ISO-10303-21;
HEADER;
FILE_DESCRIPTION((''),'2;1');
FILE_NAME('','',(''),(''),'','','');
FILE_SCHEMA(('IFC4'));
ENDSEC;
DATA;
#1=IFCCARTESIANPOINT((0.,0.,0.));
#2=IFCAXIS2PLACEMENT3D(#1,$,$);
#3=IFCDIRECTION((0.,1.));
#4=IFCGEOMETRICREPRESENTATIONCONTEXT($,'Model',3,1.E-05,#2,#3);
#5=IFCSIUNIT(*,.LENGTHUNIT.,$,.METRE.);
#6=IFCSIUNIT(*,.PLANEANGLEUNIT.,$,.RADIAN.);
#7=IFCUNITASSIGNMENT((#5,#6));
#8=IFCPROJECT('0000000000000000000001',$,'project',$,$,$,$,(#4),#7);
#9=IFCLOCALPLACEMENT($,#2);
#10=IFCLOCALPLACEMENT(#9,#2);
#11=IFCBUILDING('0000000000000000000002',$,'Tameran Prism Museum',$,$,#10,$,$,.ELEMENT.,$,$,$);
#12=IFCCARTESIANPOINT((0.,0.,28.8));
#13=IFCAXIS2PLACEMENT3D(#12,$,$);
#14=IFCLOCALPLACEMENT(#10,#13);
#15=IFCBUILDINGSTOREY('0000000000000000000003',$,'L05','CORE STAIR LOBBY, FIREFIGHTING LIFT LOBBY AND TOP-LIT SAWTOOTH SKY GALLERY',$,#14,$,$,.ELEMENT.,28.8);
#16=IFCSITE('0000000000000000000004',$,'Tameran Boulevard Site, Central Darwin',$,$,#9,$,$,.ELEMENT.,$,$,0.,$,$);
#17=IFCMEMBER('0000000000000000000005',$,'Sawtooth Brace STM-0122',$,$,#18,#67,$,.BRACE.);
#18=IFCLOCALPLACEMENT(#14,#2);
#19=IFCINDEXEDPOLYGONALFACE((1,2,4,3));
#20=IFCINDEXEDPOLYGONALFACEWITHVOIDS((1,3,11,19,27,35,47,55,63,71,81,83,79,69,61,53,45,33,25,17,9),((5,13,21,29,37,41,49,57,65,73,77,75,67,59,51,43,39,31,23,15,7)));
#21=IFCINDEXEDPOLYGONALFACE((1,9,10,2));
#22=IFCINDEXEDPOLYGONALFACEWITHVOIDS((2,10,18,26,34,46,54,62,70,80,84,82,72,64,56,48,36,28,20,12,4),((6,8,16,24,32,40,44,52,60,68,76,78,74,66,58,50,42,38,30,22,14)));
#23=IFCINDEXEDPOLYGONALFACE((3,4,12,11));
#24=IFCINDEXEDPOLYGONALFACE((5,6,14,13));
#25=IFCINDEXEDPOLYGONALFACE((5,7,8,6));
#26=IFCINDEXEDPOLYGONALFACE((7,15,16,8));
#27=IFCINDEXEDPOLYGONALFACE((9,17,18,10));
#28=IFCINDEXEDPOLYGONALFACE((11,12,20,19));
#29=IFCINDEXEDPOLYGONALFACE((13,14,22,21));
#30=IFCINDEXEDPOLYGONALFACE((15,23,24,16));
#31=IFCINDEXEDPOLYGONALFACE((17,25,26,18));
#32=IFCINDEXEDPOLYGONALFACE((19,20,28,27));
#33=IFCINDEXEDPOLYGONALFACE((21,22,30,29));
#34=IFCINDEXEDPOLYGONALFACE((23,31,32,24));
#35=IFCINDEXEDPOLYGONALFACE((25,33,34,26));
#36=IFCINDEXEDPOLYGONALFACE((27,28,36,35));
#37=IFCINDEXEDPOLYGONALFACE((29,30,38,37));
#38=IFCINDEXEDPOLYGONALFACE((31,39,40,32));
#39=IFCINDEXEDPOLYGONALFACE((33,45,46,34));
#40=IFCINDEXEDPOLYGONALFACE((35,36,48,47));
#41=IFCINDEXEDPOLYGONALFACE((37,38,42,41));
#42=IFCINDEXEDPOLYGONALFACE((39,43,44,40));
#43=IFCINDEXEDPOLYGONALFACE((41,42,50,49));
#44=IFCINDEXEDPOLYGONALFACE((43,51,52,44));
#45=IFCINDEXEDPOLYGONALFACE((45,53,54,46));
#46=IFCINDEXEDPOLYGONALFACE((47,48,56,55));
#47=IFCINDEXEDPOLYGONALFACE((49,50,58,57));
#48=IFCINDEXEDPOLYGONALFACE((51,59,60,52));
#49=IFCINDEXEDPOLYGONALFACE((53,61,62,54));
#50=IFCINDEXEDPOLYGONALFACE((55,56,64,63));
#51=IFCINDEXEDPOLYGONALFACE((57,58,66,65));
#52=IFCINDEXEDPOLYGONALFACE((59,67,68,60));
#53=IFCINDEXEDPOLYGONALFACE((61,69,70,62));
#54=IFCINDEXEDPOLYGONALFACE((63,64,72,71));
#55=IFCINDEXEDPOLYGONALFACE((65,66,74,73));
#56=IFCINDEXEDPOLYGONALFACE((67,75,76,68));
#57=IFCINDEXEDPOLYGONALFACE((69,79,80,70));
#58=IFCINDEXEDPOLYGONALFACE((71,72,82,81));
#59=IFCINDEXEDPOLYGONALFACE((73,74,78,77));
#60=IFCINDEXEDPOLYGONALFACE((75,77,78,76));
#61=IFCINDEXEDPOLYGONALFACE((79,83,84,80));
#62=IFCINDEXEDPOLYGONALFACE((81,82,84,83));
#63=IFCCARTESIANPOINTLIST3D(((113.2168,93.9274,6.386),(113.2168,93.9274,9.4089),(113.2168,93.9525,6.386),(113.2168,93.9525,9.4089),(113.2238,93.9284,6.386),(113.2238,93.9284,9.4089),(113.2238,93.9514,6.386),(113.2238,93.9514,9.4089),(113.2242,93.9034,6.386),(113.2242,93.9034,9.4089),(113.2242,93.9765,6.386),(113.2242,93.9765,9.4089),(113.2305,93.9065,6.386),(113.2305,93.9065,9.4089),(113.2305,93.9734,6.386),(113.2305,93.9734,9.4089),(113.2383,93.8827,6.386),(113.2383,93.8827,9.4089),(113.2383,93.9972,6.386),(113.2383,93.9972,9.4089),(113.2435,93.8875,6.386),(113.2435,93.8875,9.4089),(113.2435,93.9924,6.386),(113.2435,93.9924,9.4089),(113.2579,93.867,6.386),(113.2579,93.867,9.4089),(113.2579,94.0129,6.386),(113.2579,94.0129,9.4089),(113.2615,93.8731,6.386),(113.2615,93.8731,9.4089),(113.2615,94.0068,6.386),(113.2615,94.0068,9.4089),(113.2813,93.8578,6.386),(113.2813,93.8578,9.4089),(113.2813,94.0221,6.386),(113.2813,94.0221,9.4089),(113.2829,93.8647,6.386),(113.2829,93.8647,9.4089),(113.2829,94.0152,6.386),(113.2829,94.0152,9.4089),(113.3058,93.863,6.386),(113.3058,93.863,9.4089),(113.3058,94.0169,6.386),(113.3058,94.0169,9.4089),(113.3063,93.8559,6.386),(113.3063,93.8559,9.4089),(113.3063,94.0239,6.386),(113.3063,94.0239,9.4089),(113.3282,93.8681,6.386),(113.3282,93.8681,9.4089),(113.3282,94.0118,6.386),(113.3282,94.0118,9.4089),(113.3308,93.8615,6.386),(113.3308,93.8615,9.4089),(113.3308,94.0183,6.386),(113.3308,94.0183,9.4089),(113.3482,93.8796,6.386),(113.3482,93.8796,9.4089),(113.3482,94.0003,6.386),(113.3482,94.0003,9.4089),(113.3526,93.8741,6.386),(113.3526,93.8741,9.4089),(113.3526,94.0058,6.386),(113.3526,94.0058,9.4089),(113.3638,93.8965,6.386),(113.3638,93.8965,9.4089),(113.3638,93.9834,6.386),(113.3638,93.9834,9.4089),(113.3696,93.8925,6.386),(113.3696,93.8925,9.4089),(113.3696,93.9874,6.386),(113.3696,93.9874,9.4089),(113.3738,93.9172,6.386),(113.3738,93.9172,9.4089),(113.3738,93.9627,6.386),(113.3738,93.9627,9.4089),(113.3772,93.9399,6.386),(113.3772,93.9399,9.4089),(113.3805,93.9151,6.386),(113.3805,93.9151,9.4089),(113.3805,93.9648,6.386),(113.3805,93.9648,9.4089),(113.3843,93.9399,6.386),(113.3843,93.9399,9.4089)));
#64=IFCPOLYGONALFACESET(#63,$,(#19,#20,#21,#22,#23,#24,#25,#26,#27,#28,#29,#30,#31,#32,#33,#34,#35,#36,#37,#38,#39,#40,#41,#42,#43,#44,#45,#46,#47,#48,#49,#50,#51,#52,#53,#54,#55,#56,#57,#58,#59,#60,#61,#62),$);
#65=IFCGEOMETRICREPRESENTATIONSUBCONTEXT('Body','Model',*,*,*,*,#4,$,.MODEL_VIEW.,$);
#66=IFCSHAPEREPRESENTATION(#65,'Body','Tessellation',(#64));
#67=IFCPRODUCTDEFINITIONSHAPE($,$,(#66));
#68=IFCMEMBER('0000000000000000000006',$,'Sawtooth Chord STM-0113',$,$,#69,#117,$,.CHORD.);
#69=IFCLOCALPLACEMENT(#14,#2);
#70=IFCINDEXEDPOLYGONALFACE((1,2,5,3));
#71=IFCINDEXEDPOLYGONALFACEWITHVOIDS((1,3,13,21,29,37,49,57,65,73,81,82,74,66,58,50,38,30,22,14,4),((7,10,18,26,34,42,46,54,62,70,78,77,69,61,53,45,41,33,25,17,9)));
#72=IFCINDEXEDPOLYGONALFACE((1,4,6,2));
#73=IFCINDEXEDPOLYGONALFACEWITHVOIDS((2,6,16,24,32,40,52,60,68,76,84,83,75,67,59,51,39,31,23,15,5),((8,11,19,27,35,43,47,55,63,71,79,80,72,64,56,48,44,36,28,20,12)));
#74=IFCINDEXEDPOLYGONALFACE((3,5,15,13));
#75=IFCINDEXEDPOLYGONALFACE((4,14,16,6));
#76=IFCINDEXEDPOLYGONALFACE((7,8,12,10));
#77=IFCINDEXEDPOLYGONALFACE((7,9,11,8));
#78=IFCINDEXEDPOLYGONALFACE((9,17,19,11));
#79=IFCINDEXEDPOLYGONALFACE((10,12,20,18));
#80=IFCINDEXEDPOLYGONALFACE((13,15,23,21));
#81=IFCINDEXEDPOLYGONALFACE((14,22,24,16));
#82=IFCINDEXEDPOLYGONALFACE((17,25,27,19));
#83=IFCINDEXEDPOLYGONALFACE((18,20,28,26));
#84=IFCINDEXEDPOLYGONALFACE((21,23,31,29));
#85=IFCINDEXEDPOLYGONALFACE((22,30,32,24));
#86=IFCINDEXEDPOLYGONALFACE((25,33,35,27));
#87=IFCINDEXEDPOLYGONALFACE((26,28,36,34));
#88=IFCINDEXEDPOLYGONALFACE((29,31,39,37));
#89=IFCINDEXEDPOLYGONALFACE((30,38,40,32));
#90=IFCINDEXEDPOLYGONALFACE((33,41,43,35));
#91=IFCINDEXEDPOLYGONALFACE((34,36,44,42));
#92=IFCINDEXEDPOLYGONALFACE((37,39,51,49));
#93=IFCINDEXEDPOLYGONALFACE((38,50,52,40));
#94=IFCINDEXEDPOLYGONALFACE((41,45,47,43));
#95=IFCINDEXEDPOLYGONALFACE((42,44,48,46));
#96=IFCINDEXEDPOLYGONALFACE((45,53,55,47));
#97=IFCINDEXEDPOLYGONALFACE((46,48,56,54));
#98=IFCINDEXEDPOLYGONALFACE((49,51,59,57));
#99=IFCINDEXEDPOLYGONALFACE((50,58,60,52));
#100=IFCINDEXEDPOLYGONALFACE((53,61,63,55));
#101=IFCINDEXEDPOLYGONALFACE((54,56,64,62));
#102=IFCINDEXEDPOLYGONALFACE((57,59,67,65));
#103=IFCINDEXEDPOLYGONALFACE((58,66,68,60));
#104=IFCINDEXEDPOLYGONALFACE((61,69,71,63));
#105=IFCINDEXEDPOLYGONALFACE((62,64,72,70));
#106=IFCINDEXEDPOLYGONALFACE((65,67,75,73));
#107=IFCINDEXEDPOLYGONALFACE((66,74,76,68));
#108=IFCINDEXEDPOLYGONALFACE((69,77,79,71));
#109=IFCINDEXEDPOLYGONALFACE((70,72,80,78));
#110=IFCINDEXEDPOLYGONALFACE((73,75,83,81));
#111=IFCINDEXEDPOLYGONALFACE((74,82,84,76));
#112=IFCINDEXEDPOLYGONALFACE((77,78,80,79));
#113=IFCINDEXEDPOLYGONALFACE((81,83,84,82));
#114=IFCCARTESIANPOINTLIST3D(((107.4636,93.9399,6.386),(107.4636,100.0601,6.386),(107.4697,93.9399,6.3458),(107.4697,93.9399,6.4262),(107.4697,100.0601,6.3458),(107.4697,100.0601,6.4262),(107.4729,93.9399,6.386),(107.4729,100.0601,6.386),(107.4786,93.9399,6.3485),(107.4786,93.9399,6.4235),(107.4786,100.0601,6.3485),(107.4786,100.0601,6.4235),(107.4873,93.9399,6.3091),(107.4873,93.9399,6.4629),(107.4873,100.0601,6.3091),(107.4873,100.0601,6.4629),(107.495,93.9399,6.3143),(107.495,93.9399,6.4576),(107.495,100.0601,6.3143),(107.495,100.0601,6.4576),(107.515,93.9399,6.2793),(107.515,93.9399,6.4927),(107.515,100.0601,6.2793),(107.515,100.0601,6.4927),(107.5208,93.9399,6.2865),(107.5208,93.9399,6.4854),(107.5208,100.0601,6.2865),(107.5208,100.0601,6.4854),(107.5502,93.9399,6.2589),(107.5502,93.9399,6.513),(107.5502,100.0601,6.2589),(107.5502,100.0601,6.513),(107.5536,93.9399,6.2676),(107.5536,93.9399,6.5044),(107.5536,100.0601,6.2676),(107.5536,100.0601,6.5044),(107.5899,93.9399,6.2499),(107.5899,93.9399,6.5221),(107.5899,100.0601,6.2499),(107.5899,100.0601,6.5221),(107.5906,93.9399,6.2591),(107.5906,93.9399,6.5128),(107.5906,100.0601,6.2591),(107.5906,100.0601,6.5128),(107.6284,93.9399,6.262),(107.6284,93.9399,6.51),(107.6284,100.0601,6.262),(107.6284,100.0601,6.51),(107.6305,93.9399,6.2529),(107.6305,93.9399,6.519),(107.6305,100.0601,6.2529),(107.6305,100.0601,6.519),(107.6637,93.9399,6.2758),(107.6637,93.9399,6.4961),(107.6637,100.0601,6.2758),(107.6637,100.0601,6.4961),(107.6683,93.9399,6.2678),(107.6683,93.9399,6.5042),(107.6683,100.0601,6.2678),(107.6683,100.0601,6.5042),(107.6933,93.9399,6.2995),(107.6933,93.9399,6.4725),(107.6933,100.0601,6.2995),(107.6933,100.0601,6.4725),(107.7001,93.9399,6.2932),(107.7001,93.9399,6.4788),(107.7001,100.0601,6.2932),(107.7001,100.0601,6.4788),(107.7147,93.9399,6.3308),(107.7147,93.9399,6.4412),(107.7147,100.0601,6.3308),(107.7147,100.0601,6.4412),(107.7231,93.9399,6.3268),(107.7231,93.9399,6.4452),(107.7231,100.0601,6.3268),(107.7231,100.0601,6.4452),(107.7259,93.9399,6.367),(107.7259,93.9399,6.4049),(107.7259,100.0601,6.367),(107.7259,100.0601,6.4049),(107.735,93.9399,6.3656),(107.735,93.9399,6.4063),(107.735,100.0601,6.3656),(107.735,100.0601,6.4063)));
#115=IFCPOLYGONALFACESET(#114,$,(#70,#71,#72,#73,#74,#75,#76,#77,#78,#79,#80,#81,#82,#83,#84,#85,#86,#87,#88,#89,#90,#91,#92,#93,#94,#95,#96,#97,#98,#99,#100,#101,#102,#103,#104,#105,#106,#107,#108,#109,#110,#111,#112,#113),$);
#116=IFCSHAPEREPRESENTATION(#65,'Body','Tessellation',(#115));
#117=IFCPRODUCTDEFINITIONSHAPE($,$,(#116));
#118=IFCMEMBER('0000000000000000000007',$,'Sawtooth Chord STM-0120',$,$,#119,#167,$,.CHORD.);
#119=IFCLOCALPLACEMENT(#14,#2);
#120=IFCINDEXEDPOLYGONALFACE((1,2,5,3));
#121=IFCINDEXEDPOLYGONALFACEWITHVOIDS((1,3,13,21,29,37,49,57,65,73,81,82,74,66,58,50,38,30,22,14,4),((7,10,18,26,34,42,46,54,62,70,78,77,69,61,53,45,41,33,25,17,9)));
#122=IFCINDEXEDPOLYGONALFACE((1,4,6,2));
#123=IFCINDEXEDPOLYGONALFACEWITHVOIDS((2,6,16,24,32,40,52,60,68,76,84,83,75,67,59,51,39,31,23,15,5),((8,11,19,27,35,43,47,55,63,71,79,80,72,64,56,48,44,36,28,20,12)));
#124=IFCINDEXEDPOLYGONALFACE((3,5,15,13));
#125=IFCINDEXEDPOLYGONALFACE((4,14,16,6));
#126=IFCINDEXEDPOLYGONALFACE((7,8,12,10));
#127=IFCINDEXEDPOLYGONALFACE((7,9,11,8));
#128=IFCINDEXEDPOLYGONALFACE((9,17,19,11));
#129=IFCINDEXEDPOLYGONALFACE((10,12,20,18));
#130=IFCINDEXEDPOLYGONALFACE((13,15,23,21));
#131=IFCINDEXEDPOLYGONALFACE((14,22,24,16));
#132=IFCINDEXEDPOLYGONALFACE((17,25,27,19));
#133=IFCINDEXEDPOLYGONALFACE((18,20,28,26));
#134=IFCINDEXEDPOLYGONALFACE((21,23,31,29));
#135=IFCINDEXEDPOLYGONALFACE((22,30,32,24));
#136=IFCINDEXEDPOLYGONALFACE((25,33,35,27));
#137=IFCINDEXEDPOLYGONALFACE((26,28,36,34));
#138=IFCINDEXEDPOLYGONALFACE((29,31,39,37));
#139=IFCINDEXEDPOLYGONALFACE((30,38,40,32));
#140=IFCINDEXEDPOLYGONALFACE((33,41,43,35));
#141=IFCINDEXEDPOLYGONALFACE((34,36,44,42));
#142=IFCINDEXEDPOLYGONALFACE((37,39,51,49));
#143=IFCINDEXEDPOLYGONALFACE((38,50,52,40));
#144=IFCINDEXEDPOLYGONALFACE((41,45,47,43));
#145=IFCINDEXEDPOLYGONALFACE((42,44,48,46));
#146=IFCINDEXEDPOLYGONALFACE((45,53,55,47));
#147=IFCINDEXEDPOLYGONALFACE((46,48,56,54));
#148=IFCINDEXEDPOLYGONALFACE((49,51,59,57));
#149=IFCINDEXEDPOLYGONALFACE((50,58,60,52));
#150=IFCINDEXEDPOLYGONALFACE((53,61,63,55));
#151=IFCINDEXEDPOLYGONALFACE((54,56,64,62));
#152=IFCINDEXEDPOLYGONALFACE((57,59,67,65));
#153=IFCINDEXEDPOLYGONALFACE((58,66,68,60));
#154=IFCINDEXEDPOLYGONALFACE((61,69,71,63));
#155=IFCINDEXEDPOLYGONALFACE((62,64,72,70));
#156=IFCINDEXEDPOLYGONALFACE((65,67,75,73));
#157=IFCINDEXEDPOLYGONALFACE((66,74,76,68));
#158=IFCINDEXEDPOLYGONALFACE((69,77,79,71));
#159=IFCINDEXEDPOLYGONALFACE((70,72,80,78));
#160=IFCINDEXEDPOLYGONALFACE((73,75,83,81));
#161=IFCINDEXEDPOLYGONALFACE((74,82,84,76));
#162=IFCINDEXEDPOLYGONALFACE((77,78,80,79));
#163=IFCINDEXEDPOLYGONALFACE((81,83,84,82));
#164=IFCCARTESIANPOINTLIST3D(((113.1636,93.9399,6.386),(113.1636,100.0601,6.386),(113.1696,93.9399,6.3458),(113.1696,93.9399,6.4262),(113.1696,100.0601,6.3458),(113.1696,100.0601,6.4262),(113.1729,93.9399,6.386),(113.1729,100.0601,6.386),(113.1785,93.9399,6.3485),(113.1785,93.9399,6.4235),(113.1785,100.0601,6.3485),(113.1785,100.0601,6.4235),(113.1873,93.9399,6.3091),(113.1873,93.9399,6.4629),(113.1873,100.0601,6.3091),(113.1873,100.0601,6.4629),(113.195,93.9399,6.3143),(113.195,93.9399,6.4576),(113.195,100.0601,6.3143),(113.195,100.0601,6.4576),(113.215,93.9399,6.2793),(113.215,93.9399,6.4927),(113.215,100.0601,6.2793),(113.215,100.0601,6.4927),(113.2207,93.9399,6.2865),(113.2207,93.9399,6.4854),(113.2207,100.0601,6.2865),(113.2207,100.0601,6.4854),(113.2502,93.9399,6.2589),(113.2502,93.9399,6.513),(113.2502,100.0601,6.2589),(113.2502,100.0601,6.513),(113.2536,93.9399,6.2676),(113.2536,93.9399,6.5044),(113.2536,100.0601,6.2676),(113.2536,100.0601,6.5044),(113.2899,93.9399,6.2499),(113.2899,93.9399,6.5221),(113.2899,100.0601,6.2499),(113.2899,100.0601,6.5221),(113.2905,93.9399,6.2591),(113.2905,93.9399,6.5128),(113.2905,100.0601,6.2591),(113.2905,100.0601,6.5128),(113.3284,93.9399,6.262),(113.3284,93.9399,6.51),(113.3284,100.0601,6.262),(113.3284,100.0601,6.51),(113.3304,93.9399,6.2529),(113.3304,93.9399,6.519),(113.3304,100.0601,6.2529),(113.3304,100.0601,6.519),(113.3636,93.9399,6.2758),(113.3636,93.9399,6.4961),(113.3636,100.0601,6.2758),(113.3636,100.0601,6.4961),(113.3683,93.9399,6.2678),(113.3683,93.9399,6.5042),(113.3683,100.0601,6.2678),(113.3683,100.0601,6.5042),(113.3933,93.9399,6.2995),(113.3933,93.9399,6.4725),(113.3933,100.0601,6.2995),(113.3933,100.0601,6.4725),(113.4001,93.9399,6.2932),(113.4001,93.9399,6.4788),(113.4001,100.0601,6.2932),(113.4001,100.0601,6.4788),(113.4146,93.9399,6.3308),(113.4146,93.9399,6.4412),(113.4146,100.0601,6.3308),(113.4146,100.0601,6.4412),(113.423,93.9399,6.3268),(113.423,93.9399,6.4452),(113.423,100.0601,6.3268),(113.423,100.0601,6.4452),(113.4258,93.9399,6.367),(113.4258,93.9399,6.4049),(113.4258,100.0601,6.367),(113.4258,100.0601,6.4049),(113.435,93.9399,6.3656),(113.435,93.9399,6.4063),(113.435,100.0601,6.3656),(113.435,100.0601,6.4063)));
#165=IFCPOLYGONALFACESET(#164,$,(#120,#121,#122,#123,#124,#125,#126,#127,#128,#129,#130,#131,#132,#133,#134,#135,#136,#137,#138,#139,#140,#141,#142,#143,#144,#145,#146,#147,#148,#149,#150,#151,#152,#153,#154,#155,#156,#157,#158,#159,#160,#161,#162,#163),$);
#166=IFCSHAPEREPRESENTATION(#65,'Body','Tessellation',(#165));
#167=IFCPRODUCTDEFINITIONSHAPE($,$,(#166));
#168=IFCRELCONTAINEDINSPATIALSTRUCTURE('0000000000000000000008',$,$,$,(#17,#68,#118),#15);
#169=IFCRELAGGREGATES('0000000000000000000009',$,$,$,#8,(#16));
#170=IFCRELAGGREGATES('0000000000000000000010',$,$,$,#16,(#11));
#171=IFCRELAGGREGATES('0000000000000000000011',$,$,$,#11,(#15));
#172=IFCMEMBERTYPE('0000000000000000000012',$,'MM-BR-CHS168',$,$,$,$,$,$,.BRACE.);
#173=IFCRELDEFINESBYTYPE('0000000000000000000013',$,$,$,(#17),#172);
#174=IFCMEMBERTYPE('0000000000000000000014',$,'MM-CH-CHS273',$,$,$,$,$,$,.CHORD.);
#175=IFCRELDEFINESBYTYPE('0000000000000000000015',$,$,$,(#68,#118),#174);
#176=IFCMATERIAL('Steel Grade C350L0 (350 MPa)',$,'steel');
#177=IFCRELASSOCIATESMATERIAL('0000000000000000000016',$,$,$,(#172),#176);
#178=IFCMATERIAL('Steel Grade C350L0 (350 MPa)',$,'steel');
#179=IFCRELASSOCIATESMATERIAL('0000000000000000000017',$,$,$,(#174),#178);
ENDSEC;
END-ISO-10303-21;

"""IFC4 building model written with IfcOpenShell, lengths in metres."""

from ifc_helpers import new_model, si_unit, direction, frame, origin, origin_2d, place, context, subcontext, project, spatial, hollow_circle, extrude, material, material_profile, profile_set, type_object, element, save


model = new_model("IFC4")

# Units and contexts
model_context = context("Model", 3, precision=1e-05, world=origin(), true_north=direction((0.0, 1.0)))
body_context = subcontext(model_context, "Body", "Model", "MODEL_VIEW")
ifc_project = project(units=[si_unit("LENGTHUNIT", "METRE"), si_unit("PLANEANGLEUNIT", "RADIAN")], contexts=[model_context])

# Site, building, storey
site_placement = place(None, origin())
site = spatial("IfcSite", under=ifc_project, at=site_placement, Name="Tameran Boulevard Site, Central Darwin", CompositionType="ELEMENT", RefElevation=0.0)
building_placement = place(site_placement, origin())
building = spatial("IfcBuilding", under=site, at=building_placement, Name="Tameran Prism Museum", CompositionType="ELEMENT")
storey_placement = place(building_placement, frame((0.0, 0.0, 28.8)))
storey = spatial("IfcBuildingStorey", under=building, at=storey_placement, Name="L05", Description="CORE STAIR LOBBY, FIREFIGHTING LIFT LOBBY AND TOP-LIT SAWTOOTH SKY GALLERY", CompositionType="ELEMENT", Elevation=28.8)

# Members
ifc_material_1 = material(Name="Steel Grade C350L0 (350 MPa)", Category="steel")
ifc_material_profile_1 = material_profile(ifc_material_1, hollow_circle(Radius=0.0842, WallThickness=0.0071, at=origin_2d()))
ifc_profile_set_1 = profile_set([ifc_material_profile_1])
member_type_1 = type_object("IfcMemberType", Name="MM-BR-CHS168", PredefinedType="BRACE", material=ifc_profile_set_1)
for number, where, z_axis, x_axis, name in (
    (1, (113.3, 93.9399, 6.386), (0.0, 0.0, 1.0), (1.0, 0.0, 0.0), "Sawtooth Brace STM-0122"),
):
    element("IfcMember", number, at=place(storey_placement, frame(where, z_axis=z_axis, x_axis=x_axis)), inside=storey, type_object=member_type_1, Name=name, PredefinedType="BRACE", context=body_context, shape_type="SweptSolid", body=[
        extrude(hollow_circle(Radius=0.0842, WallThickness=0.0071, at=origin_2d()), origin(), (0.0, 0.0, 1.0), 3.0229),
    ])
ifc_material_2 = material(Name="Steel Grade C350L0 (350 MPa)", Category="steel")
ifc_material_profile_2 = material_profile(ifc_material_2, hollow_circle(Radius=0.1365, WallThickness=0.0093, at=origin_2d()))
ifc_profile_set_2 = profile_set([ifc_material_profile_2])
member_type_2 = type_object("IfcMemberType", Name="MM-CH-CHS273", PredefinedType="CHORD", material=ifc_profile_set_2)
for number, where, z_axis, x_axis, name in (
    (2, (107.6001, 93.9399, 6.386), (0.0, 1.0, 0.0), (-1.0, 0.0, 0.0), "Sawtooth Chord STM-0113"),
    (3, (113.3, 93.9399, 6.386), (0.0, 1.0, 0.0), (-1.0, 0.0, 0.0), "Sawtooth Chord STM-0120"),
):
    element("IfcMember", number, at=place(storey_placement, frame(where, z_axis=z_axis, x_axis=x_axis)), inside=storey, type_object=member_type_2, Name=name, PredefinedType="CHORD", context=body_context, shape_type="SweptSolid", body=[
        extrude(hollow_circle(Radius=0.1365, WallThickness=0.0093, at=origin_2d()), origin(), (0.0, 0.0, 1.0), 6.1201),
    ])

save(model, "model.ifc")
